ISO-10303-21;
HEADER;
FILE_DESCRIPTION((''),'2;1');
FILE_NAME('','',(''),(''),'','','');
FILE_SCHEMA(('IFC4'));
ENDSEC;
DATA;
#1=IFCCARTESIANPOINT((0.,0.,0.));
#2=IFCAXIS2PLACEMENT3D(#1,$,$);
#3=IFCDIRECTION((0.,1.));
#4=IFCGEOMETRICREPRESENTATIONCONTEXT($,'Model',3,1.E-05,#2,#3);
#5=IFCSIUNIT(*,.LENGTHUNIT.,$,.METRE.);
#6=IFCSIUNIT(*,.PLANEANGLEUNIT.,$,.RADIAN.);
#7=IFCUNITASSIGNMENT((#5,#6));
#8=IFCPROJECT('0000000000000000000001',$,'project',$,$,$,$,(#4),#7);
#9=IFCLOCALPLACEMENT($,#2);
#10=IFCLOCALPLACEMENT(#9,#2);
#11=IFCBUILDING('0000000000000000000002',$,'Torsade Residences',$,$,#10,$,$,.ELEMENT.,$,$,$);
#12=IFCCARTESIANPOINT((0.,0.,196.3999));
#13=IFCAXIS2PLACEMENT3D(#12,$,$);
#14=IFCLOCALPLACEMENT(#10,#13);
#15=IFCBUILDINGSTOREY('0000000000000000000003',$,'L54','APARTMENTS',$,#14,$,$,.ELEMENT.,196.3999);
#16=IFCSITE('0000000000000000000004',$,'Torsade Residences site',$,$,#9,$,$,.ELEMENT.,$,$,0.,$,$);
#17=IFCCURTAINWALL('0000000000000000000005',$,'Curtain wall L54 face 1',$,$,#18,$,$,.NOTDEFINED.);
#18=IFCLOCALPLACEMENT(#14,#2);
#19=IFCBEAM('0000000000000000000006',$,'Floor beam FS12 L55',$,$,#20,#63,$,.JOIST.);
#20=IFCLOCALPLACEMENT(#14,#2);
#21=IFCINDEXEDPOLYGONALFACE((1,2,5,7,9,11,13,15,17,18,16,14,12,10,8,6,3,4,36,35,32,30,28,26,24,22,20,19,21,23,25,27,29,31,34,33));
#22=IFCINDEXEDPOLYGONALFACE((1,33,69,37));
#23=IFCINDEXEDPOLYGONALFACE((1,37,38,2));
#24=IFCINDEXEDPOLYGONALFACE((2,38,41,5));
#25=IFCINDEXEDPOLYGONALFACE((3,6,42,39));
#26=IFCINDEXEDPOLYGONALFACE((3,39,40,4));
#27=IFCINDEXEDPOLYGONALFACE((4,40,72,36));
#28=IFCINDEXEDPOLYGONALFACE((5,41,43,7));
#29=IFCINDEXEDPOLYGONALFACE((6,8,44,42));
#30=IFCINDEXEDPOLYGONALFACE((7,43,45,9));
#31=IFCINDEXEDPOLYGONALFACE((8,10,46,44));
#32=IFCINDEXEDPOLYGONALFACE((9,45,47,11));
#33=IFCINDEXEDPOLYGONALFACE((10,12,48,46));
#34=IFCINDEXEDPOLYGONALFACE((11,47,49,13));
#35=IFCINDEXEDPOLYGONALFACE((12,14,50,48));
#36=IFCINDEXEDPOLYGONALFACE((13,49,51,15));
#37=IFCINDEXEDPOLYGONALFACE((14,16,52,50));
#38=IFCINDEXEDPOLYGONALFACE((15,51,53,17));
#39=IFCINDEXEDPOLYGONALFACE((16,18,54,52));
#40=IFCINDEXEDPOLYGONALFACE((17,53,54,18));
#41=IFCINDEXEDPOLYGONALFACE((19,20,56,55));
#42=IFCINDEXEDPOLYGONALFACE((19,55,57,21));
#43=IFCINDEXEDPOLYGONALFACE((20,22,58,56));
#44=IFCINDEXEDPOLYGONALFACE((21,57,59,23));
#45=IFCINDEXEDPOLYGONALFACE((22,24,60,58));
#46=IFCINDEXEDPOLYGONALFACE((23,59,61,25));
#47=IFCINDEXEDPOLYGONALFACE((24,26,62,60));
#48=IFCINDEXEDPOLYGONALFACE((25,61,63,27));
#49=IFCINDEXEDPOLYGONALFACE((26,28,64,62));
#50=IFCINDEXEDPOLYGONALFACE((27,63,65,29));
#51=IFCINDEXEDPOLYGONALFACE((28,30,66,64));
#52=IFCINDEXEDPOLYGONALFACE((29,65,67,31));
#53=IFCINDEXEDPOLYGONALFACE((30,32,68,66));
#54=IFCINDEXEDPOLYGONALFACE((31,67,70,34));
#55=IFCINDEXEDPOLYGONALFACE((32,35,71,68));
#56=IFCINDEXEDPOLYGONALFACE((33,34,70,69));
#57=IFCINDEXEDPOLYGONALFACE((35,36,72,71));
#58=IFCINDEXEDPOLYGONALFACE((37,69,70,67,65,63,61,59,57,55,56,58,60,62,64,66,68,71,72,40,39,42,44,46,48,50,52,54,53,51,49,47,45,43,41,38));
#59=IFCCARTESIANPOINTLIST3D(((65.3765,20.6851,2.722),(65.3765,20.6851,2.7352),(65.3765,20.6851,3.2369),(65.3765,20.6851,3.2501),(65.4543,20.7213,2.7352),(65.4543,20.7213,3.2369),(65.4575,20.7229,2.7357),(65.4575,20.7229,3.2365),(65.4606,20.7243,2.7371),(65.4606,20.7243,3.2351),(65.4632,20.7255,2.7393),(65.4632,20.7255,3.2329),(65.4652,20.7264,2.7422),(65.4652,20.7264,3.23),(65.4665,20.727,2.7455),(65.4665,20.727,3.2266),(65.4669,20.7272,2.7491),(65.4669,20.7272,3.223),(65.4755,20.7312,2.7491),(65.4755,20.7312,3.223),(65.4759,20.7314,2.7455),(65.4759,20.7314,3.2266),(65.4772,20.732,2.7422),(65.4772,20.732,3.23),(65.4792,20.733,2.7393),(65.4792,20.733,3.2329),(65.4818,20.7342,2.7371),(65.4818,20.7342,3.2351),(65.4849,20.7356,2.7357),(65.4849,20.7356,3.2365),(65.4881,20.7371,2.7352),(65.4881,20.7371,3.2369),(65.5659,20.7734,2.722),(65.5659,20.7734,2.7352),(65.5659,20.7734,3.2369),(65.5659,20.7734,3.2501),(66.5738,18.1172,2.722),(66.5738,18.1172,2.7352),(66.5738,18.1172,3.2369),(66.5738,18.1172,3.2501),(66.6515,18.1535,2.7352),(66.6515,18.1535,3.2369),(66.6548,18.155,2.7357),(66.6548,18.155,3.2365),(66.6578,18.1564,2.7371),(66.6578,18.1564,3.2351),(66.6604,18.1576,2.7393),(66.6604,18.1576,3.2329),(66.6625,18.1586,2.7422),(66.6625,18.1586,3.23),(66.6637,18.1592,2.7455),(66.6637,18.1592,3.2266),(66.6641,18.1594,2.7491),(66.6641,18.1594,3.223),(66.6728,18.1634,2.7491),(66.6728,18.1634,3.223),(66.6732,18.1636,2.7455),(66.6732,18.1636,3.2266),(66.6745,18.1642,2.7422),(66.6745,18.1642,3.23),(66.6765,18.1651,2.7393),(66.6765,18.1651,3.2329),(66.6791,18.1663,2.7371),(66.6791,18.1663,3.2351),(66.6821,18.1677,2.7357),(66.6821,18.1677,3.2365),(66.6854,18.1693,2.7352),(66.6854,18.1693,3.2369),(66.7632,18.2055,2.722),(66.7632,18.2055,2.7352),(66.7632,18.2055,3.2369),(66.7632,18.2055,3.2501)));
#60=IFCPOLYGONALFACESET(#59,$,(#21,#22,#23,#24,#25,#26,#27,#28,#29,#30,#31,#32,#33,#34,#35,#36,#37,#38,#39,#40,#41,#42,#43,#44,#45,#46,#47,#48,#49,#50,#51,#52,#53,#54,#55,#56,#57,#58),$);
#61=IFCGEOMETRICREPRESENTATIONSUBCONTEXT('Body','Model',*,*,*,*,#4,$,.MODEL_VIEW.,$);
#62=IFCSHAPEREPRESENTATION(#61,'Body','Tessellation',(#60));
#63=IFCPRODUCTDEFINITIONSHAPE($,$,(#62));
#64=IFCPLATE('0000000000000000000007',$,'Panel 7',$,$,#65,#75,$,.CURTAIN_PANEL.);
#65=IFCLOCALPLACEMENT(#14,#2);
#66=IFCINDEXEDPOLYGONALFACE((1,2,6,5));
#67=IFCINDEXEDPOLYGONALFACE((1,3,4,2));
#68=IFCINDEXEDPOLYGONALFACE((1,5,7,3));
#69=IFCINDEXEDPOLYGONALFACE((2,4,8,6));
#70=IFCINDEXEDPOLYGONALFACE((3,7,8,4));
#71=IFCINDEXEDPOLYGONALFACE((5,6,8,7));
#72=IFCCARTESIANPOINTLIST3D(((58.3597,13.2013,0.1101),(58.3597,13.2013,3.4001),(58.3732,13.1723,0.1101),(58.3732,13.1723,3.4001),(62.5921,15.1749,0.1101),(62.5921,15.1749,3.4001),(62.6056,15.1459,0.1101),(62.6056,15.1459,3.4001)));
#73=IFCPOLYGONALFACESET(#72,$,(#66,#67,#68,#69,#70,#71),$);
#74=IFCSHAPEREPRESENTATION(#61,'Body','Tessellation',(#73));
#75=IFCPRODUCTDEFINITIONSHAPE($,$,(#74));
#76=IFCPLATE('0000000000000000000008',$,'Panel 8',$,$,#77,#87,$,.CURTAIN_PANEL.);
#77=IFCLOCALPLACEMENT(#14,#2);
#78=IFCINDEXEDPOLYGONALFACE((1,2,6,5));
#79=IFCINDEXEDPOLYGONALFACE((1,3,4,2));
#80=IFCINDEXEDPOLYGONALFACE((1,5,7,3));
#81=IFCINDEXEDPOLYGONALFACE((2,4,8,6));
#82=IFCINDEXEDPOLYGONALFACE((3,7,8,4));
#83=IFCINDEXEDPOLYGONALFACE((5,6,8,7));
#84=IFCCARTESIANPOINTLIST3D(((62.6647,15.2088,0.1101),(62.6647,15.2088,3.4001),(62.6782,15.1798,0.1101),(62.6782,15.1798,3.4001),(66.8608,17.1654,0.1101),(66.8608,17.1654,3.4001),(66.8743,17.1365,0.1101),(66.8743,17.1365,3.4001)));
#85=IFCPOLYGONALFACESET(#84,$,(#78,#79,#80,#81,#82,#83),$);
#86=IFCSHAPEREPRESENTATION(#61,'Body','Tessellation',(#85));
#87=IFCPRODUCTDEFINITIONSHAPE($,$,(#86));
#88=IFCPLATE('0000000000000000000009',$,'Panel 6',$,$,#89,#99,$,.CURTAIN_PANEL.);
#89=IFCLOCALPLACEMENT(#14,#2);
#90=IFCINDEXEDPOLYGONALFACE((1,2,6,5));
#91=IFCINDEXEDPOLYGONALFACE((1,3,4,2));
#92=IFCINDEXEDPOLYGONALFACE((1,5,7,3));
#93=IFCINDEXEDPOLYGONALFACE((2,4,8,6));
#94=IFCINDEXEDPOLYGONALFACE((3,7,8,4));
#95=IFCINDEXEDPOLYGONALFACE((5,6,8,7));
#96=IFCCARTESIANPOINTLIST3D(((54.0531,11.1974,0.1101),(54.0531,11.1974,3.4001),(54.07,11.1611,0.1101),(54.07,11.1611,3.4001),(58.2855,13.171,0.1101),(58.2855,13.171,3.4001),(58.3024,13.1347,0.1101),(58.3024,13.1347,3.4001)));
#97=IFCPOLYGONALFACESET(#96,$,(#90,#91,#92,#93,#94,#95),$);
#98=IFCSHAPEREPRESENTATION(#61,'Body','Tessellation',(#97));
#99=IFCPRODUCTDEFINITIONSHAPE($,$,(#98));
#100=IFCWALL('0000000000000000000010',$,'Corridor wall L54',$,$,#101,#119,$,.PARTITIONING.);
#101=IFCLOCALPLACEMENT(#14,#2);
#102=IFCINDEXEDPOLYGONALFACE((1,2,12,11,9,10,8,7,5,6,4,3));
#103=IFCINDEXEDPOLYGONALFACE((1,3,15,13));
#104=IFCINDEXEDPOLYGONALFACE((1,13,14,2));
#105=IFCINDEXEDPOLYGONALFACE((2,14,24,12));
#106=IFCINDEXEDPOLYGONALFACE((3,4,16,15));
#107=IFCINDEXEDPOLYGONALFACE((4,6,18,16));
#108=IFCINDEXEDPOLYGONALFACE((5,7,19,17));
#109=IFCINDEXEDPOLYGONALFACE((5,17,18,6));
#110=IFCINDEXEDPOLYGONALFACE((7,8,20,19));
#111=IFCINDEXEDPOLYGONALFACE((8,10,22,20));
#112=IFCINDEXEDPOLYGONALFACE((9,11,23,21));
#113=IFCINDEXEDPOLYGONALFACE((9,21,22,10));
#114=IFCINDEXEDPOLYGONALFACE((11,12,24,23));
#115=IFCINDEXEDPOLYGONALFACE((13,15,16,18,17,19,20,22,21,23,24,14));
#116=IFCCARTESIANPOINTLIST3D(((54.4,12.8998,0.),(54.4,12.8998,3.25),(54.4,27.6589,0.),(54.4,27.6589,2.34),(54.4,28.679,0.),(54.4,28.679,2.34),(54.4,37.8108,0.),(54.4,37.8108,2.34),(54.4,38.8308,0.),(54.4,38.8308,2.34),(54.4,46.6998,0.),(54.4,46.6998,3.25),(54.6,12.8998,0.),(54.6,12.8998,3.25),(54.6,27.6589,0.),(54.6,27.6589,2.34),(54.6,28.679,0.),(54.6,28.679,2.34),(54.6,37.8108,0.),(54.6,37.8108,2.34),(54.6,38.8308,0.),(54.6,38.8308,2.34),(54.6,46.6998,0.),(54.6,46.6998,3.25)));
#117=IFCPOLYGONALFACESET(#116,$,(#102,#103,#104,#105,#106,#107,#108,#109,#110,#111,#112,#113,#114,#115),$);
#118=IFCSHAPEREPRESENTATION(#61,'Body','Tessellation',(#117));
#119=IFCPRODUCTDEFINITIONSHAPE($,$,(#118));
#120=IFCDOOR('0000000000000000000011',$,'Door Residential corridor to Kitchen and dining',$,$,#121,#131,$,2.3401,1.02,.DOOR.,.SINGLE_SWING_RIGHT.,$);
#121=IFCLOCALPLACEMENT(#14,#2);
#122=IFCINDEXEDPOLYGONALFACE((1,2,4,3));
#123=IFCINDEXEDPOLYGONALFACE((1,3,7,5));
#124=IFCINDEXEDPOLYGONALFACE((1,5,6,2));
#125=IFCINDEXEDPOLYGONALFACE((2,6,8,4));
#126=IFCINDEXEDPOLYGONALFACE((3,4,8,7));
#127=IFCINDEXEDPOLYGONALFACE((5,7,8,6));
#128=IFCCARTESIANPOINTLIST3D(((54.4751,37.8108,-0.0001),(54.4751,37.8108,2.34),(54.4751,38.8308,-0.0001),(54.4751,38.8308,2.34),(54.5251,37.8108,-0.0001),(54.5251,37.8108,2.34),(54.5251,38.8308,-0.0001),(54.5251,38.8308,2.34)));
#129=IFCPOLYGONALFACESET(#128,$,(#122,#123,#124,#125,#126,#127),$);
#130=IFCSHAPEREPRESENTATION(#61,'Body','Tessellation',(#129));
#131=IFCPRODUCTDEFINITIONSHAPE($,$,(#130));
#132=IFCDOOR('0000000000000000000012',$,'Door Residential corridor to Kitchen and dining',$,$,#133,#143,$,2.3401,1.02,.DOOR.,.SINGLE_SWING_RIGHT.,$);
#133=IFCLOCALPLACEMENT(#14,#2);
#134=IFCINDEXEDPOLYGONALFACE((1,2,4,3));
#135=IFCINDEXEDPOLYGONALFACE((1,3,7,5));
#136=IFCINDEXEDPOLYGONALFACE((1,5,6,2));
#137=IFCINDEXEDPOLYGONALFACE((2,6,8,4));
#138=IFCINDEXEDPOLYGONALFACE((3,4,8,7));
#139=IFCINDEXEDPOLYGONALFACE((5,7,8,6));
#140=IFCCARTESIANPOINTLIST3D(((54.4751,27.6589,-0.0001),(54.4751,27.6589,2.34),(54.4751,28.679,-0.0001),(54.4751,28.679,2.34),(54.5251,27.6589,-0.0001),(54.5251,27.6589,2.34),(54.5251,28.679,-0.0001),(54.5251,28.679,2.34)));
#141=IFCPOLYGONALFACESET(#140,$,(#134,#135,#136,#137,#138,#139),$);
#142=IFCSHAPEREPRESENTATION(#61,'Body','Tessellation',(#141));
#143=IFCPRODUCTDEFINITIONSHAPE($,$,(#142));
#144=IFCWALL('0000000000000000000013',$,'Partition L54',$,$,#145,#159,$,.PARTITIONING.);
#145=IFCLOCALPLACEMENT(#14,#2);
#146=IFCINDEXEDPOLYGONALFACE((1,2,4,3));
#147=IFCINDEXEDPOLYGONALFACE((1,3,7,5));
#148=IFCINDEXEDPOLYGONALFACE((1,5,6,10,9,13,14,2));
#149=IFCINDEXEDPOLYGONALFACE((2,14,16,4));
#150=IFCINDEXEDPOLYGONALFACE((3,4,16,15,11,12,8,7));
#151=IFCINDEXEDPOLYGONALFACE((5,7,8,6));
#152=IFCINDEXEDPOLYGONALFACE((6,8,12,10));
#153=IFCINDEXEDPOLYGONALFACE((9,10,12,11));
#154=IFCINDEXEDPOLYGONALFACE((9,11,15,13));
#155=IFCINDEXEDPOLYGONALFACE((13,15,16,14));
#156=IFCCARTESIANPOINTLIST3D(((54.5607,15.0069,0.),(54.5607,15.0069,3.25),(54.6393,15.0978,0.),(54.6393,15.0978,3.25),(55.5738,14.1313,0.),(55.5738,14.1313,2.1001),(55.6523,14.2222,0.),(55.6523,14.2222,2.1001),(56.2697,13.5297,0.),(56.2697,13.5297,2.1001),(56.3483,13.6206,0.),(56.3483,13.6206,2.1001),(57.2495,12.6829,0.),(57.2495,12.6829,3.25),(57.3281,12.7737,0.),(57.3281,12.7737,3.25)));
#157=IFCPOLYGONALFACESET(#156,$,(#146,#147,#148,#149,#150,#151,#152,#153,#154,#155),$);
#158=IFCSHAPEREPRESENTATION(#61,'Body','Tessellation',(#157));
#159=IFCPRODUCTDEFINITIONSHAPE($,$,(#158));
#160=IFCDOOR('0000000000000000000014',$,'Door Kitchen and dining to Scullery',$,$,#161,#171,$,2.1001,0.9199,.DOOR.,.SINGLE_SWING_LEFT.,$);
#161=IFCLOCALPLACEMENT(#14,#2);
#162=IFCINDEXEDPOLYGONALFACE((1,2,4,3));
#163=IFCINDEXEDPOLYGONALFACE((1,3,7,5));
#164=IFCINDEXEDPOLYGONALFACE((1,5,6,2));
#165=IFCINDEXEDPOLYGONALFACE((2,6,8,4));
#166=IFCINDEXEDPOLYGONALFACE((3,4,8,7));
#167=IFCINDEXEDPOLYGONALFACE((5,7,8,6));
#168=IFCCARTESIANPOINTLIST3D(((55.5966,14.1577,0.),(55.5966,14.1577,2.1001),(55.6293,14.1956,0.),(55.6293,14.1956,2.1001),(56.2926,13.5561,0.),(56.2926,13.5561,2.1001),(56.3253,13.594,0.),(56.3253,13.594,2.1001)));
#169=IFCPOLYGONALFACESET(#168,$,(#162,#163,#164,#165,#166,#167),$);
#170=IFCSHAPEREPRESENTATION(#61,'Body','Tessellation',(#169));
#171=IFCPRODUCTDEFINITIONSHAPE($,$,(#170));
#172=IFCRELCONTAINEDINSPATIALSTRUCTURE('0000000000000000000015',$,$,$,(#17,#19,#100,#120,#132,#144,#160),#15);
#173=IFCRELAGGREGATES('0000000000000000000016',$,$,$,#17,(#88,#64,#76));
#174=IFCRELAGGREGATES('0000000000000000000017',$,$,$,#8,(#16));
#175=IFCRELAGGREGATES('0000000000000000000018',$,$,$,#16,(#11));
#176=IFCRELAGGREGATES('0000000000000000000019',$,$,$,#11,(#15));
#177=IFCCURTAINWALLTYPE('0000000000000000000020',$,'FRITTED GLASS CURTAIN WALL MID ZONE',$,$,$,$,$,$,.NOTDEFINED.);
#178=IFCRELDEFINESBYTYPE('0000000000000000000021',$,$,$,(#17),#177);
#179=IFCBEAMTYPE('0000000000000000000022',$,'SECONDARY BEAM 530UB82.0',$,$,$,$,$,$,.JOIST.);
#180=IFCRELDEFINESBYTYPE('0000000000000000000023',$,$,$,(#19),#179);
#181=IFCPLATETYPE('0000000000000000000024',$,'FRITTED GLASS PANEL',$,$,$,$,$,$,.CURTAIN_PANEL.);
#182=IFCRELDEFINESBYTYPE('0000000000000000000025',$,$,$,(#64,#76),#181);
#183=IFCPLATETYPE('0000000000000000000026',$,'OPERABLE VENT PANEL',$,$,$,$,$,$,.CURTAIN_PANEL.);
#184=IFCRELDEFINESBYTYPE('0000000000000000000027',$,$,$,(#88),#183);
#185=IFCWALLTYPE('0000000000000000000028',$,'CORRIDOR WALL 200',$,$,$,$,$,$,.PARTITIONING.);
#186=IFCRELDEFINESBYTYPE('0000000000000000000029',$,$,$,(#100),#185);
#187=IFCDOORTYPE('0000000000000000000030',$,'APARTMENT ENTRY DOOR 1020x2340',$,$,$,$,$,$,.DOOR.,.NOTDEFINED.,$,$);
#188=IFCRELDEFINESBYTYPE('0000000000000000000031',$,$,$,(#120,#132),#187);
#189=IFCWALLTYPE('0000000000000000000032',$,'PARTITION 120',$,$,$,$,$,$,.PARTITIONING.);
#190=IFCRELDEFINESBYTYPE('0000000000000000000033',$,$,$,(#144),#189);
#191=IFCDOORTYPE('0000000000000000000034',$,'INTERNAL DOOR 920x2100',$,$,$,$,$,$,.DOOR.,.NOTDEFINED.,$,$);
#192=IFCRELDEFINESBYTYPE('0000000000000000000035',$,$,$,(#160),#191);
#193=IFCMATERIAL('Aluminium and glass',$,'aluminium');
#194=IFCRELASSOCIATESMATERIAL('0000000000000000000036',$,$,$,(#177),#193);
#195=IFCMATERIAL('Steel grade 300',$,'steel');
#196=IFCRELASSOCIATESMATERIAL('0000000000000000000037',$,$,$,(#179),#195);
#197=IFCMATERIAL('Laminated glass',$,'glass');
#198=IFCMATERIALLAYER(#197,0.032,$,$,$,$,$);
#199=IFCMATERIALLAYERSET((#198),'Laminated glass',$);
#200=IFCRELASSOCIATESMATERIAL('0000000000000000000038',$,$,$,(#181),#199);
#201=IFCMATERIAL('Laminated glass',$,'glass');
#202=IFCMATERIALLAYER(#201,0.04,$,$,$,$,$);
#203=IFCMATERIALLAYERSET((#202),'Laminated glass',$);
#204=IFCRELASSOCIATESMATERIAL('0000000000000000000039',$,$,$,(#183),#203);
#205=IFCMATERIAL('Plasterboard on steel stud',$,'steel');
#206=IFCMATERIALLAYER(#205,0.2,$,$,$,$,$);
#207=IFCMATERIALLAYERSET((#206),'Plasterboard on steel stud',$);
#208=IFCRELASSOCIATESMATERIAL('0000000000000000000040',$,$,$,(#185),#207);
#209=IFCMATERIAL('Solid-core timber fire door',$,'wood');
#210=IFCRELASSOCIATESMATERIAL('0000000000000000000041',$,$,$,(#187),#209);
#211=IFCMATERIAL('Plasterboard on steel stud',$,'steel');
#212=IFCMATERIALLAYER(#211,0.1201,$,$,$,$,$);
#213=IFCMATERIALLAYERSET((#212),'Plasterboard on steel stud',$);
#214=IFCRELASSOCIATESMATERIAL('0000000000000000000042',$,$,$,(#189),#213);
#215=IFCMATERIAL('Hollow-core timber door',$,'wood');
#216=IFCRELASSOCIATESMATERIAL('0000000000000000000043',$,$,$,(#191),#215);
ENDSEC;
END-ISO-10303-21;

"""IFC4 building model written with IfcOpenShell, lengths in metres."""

from ifc_helpers import new_model, si_unit, direction, frame, frame_2d, origin, origin_2d, place, context, subcontext, project, spatial, rectangle, i_section, extrude, material, layer, layer_set, material_profile, profile_set, type_object, element, fill, aggregate, save


model = new_model("IFC4")

# Units and contexts
model_context = context("Model", 3, precision=1e-05, world=origin(), true_north=direction((0.0, 1.0)))
body_context = subcontext(model_context, "Body", "Model", "MODEL_VIEW")
ifc_project = project(units=[si_unit("LENGTHUNIT", "METRE"), si_unit("PLANEANGLEUNIT", "RADIAN")], contexts=[model_context])

# Site, building, storey
site_placement = place(None, origin())
site = spatial("IfcSite", under=ifc_project, at=site_placement, Name="Torsade Residences site", CompositionType="ELEMENT", RefElevation=0.0)
building_placement = place(site_placement, origin())
building = spatial("IfcBuilding", under=site, at=building_placement, Name="Torsade Residences", CompositionType="ELEMENT")
storey_placement = place(building_placement, frame((0.0, 0.0, 196.3999)))
storey = spatial("IfcBuildingStorey", under=building, at=storey_placement, Name="L54", Description="APARTMENTS", CompositionType="ELEMENT", Elevation=196.3999)

# Curtain wall
ifc_material_1 = material(Name="Aluminium and glass", Category="aluminium")
curtain_wall_type = type_object("IfcCurtainWallType", Name="FRITTED GLASS CURTAIN WALL MID ZONE", PredefinedType="NOTDEFINED", material=ifc_material_1)
curtain_wall_placement = place(storey_placement, origin())
curtain_wall = element("IfcCurtainWall", 1, at=curtain_wall_placement, inside=storey, type_object=curtain_wall_type, Name="Curtain wall L54 face 1", PredefinedType="NOTDEFINED")

# Beam
ifc_material_2 = material(Name="Steel grade 300", Category="steel")
ifc_material_profile_1 = material_profile(ifc_material_2, i_section(OverallWidth=0.209, OverallDepth=0.5281, WebThickness=0.0095, FlangeThickness=0.0132, FilletRadius=0.0139, at=origin_2d()), Name="530UB82.0")
ifc_profile_set_1 = profile_set([ifc_material_profile_1], Name="Steel grade 300")
beam_type_1 = type_object("IfcBeamType", Name="SECONDARY BEAM 530UB82.0", PredefinedType="JOIST", material=ifc_profile_set_1)
beam_1_placement = place(storey_placement, frame((66.6685, 18.1614, 2.9861), z_axis=(-0.422574, 0.906328, 0.0), x_axis=(-0.906328, -0.422574, 0.0)))
element("IfcBeam", 2, at=beam_1_placement, inside=storey, type_object=beam_type_1, Name="Floor beam FS12 L55", PredefinedType="JOIST", context=body_context, shape_type="SweptSolid", body=[
    extrude(i_section(OverallWidth=0.209, OverallDepth=0.5281, WebThickness=0.0095, FlangeThickness=0.0132, FilletRadius=0.0139, at=origin_2d()), origin(), (0.0, 0.0, 1.0), 2.8333),
])

# Plates
ifc_material_3 = material(Name="Laminated glass", Category="glass")
ifc_layer_1 = layer(ifc_material_3, 0.032)
ifc_layer_set_1 = layer_set([ifc_layer_1], Name="Laminated glass")
plate_type_1 = type_object("IfcPlateType", Name="FRITTED GLASS PANEL", PredefinedType="CURTAIN_PANEL", material=ifc_layer_set_1)
plate_1_placement = place(storey_placement, frame((60.4827, 14.1736, 0.1101), z_axis=(0.0, 0.0, 1.0), x_axis=(0.906308, 0.422618, 0.0)))
plate_1 = element("IfcPlate", 3, at=plate_1_placement, type_object=plate_type_1, Name="Panel 7", PredefinedType="CURTAIN_PANEL", context=body_context, shape_type="SweptSolid", body=[
    extrude(rectangle(XDim=4.6699, YDim=0.032, at=origin_2d()), origin(), (0.0, 0.0, 1.0), 3.29),
])
plate_2_placement = place(storey_placement, frame((64.7695, 16.1726, 0.1101), z_axis=(0.0, 0.0, 1.0), x_axis=(0.906308, 0.422618, 0.0)))
plate_2 = element("IfcPlate", 4, at=plate_2_placement, type_object=plate_type_1, Name="Panel 8", PredefinedType="CURTAIN_PANEL", context=body_context, shape_type="SweptSolid", body=[
    extrude(rectangle(XDim=4.6299, YDim=0.032, at=origin_2d()), origin(), (0.0, 0.0, 1.0), 3.29),
])
ifc_material_4 = material(Name="Laminated glass", Category="glass")
ifc_layer_2 = layer(ifc_material_4, 0.04)
ifc_layer_set_2 = layer_set([ifc_layer_2], Name="Laminated glass")
plate_type_2 = type_object("IfcPlateType", Name="OPERABLE VENT PANEL", PredefinedType="CURTAIN_PANEL", material=ifc_layer_set_2)
plate_3_placement = place(storey_placement, frame((56.1777, 12.166, 0.1101), z_axis=(0.0, 0.0, 1.0), x_axis=(0.906308, 0.422618, 0.0)))
plate_3 = element("IfcPlate", 5, at=plate_3_placement, type_object=plate_type_2, Name="Panel 6", PredefinedType="CURTAIN_PANEL", context=body_context, shape_type="SweptSolid", body=[
    extrude(rectangle(XDim=4.6699, YDim=0.04, at=origin_2d()), origin(), (0.0, 0.0, 1.0), 3.29),
])
aggregate(curtain_wall, [plate_3, plate_1, plate_2])

# Wall, openings, doors
ifc_material_5 = material(Name="Plasterboard on steel stud", Category="steel")
ifc_layer_3 = layer(ifc_material_5, 0.2)
ifc_layer_set_3 = layer_set([ifc_layer_3], Name="Plasterboard on steel stud")
wall_type_1 = type_object("IfcWallType", Name="CORRIDOR WALL 200", PredefinedType="PARTITIONING", material=ifc_layer_set_3)
wall_1_placement = place(storey_placement, frame((54.5, 12.8999, 0.0), z_axis=(0.0, 0.0, 1.0), x_axis=(0.0, 1.0, 0.0)))
wall_1 = element("IfcWall", 6, at=wall_1_placement, inside=storey, type_object=wall_type_1, Name="Corridor wall L54", PredefinedType="PARTITIONING", context=body_context, shape_type="SweptSolid", body=[
    extrude(rectangle(XDim=33.8, YDim=0.2, at=frame_2d((16.8999, 0.0))), origin(), (0.0, 0.0, 1.0), 3.25),
])
opening_1_placement = place(wall_1_placement, frame((24.9109, 0.0, 0.0)))
opening_1 = element("IfcOpeningElement", 7, at=opening_1_placement, cuts=wall_1, PredefinedType="OPENING", context=body_context, shape_type="SweptSolid", body=[
    extrude(rectangle(XDim=1.02, YDim=2.3401, at=frame_2d((0.51, 1.1699))), frame((0.0, 0.1099, 0.0), z_axis=(0.0, -1.0, 0.0), x_axis=(1.0, 0.0, 0.0)), (0.0, 0.0, 1.0), 0.22),
])
opening_2_placement = place(wall_1_placement, frame((14.759, 0.0, 0.0)))
opening_2 = element("IfcOpeningElement", 8, at=opening_2_placement, cuts=wall_1, PredefinedType="OPENING", context=body_context, shape_type="SweptSolid", body=[
    extrude(rectangle(XDim=1.02, YDim=2.3401, at=frame_2d((0.51, 1.1699))), frame((0.0, 0.1099, 0.0), z_axis=(0.0, -1.0, 0.0), x_axis=(1.0, 0.0, 0.0)), (0.0, 0.0, 1.0), 0.22),
])
ifc_material_6 = material(Name="Solid-core timber fire door", Category="wood")
door_type_1 = type_object("IfcDoorType", Name="APARTMENT ENTRY DOOR 1020x2340", OperationType="NOTDEFINED", PredefinedType="DOOR", material=ifc_material_6)
door_1_placement = place(opening_1_placement, origin())
door_1 = element("IfcDoor", 9, at=door_1_placement, inside=storey, type_object=door_type_1, Name="Door Residential corridor to Kitchen and dining", OperationType="SINGLE_SWING_RIGHT", OverallHeight=2.3401, OverallWidth=1.02, PredefinedType="DOOR", context=body_context, shape_type="SweptSolid", body=[
    extrude(rectangle(XDim=1.02, YDim=2.3401, at=frame_2d((0.51, 1.1699))), frame((0.0, 0.0249, 0.0), z_axis=(0.0, -1.0, 0.0), x_axis=(1.0, 0.0, 0.0)), (0.0, 0.0, 1.0), 0.05),
])
fill(opening_1, door_1)
door_2_placement = place(opening_2_placement, origin())
door_2 = element("IfcDoor", 10, at=door_2_placement, inside=storey, type_object=door_type_1, Name="Door Residential corridor to Kitchen and dining", OperationType="SINGLE_SWING_RIGHT", OverallHeight=2.3401, OverallWidth=1.02, PredefinedType="DOOR", context=body_context, shape_type="SweptSolid", body=[
    extrude(rectangle(XDim=1.02, YDim=2.3401, at=frame_2d((0.51, 1.1699))), frame((0.0, 0.0249, 0.0), z_axis=(0.0, -1.0, 0.0), x_axis=(1.0, 0.0, 0.0)), (0.0, 0.0, 1.0), 0.05),
])
fill(opening_2, door_2)

# Wall, opening, door
ifc_material_7 = material(Name="Plasterboard on steel stud", Category="steel")
ifc_layer_4 = layer(ifc_material_7, 0.1201)
ifc_layer_set_4 = layer_set([ifc_layer_4], Name="Plasterboard on steel stud")
wall_type_2 = type_object("IfcWallType", Name="PARTITION 120", PredefinedType="PARTITIONING", material=ifc_layer_set_4)
wall_2_placement = place(storey_placement, frame((54.6001, 15.0522, 0.0), z_axis=(0.0, 0.0, 1.0), x_axis=(0.756559, -0.653926, 0.0)))
wall_2 = element("IfcWall", 11, at=wall_2_placement, inside=storey, type_object=wall_type_2, Name="Partition L54", PredefinedType="PARTITIONING", context=body_context, shape_type="SweptSolid", body=[
    extrude(rectangle(XDim=3.554, YDim=0.1201, at=frame_2d((1.7769, 0.0))), origin(), (0.0, 0.0, 1.0), 3.25),
])
opening_3_placement = place(wall_2_placement, frame((1.3389, 0.0, 0.0)))
opening_3 = element("IfcOpeningElement", 12, at=opening_3_placement, cuts=wall_2, PredefinedType="OPENING", context=body_context, shape_type="SweptSolid", body=[
    extrude(rectangle(XDim=0.9199, YDim=2.1001, at=frame_2d((0.46, 1.05))), frame((0.0, 0.0701, 0.0), z_axis=(0.0, -1.0, 0.0), x_axis=(1.0, 0.0, 0.0)), (0.0, 0.0, 1.0), 0.1401),
])
ifc_material_8 = material(Name="Hollow-core timber door", Category="wood")
door_type_2 = type_object("IfcDoorType", Name="INTERNAL DOOR 920x2100", OperationType="NOTDEFINED", PredefinedType="DOOR", material=ifc_material_8)
door_3_placement = place(opening_3_placement, origin())
door_3 = element("IfcDoor", 13, at=door_3_placement, inside=storey, type_object=door_type_2, Name="Door Kitchen and dining to Scullery", OperationType="SINGLE_SWING_LEFT", OverallHeight=2.1001, OverallWidth=0.9199, PredefinedType="DOOR", context=body_context, shape_type="SweptSolid", body=[
    extrude(rectangle(XDim=0.9199, YDim=2.1001, at=frame_2d((0.46, 1.05))), frame((0.0, 0.0249, 0.0), z_axis=(0.0, -1.0, 0.0), x_axis=(1.0, 0.0, 0.0)), (0.0, 0.0, 1.0), 0.05),
])
fill(opening_3, door_3)

save(model, "model.ifc")
